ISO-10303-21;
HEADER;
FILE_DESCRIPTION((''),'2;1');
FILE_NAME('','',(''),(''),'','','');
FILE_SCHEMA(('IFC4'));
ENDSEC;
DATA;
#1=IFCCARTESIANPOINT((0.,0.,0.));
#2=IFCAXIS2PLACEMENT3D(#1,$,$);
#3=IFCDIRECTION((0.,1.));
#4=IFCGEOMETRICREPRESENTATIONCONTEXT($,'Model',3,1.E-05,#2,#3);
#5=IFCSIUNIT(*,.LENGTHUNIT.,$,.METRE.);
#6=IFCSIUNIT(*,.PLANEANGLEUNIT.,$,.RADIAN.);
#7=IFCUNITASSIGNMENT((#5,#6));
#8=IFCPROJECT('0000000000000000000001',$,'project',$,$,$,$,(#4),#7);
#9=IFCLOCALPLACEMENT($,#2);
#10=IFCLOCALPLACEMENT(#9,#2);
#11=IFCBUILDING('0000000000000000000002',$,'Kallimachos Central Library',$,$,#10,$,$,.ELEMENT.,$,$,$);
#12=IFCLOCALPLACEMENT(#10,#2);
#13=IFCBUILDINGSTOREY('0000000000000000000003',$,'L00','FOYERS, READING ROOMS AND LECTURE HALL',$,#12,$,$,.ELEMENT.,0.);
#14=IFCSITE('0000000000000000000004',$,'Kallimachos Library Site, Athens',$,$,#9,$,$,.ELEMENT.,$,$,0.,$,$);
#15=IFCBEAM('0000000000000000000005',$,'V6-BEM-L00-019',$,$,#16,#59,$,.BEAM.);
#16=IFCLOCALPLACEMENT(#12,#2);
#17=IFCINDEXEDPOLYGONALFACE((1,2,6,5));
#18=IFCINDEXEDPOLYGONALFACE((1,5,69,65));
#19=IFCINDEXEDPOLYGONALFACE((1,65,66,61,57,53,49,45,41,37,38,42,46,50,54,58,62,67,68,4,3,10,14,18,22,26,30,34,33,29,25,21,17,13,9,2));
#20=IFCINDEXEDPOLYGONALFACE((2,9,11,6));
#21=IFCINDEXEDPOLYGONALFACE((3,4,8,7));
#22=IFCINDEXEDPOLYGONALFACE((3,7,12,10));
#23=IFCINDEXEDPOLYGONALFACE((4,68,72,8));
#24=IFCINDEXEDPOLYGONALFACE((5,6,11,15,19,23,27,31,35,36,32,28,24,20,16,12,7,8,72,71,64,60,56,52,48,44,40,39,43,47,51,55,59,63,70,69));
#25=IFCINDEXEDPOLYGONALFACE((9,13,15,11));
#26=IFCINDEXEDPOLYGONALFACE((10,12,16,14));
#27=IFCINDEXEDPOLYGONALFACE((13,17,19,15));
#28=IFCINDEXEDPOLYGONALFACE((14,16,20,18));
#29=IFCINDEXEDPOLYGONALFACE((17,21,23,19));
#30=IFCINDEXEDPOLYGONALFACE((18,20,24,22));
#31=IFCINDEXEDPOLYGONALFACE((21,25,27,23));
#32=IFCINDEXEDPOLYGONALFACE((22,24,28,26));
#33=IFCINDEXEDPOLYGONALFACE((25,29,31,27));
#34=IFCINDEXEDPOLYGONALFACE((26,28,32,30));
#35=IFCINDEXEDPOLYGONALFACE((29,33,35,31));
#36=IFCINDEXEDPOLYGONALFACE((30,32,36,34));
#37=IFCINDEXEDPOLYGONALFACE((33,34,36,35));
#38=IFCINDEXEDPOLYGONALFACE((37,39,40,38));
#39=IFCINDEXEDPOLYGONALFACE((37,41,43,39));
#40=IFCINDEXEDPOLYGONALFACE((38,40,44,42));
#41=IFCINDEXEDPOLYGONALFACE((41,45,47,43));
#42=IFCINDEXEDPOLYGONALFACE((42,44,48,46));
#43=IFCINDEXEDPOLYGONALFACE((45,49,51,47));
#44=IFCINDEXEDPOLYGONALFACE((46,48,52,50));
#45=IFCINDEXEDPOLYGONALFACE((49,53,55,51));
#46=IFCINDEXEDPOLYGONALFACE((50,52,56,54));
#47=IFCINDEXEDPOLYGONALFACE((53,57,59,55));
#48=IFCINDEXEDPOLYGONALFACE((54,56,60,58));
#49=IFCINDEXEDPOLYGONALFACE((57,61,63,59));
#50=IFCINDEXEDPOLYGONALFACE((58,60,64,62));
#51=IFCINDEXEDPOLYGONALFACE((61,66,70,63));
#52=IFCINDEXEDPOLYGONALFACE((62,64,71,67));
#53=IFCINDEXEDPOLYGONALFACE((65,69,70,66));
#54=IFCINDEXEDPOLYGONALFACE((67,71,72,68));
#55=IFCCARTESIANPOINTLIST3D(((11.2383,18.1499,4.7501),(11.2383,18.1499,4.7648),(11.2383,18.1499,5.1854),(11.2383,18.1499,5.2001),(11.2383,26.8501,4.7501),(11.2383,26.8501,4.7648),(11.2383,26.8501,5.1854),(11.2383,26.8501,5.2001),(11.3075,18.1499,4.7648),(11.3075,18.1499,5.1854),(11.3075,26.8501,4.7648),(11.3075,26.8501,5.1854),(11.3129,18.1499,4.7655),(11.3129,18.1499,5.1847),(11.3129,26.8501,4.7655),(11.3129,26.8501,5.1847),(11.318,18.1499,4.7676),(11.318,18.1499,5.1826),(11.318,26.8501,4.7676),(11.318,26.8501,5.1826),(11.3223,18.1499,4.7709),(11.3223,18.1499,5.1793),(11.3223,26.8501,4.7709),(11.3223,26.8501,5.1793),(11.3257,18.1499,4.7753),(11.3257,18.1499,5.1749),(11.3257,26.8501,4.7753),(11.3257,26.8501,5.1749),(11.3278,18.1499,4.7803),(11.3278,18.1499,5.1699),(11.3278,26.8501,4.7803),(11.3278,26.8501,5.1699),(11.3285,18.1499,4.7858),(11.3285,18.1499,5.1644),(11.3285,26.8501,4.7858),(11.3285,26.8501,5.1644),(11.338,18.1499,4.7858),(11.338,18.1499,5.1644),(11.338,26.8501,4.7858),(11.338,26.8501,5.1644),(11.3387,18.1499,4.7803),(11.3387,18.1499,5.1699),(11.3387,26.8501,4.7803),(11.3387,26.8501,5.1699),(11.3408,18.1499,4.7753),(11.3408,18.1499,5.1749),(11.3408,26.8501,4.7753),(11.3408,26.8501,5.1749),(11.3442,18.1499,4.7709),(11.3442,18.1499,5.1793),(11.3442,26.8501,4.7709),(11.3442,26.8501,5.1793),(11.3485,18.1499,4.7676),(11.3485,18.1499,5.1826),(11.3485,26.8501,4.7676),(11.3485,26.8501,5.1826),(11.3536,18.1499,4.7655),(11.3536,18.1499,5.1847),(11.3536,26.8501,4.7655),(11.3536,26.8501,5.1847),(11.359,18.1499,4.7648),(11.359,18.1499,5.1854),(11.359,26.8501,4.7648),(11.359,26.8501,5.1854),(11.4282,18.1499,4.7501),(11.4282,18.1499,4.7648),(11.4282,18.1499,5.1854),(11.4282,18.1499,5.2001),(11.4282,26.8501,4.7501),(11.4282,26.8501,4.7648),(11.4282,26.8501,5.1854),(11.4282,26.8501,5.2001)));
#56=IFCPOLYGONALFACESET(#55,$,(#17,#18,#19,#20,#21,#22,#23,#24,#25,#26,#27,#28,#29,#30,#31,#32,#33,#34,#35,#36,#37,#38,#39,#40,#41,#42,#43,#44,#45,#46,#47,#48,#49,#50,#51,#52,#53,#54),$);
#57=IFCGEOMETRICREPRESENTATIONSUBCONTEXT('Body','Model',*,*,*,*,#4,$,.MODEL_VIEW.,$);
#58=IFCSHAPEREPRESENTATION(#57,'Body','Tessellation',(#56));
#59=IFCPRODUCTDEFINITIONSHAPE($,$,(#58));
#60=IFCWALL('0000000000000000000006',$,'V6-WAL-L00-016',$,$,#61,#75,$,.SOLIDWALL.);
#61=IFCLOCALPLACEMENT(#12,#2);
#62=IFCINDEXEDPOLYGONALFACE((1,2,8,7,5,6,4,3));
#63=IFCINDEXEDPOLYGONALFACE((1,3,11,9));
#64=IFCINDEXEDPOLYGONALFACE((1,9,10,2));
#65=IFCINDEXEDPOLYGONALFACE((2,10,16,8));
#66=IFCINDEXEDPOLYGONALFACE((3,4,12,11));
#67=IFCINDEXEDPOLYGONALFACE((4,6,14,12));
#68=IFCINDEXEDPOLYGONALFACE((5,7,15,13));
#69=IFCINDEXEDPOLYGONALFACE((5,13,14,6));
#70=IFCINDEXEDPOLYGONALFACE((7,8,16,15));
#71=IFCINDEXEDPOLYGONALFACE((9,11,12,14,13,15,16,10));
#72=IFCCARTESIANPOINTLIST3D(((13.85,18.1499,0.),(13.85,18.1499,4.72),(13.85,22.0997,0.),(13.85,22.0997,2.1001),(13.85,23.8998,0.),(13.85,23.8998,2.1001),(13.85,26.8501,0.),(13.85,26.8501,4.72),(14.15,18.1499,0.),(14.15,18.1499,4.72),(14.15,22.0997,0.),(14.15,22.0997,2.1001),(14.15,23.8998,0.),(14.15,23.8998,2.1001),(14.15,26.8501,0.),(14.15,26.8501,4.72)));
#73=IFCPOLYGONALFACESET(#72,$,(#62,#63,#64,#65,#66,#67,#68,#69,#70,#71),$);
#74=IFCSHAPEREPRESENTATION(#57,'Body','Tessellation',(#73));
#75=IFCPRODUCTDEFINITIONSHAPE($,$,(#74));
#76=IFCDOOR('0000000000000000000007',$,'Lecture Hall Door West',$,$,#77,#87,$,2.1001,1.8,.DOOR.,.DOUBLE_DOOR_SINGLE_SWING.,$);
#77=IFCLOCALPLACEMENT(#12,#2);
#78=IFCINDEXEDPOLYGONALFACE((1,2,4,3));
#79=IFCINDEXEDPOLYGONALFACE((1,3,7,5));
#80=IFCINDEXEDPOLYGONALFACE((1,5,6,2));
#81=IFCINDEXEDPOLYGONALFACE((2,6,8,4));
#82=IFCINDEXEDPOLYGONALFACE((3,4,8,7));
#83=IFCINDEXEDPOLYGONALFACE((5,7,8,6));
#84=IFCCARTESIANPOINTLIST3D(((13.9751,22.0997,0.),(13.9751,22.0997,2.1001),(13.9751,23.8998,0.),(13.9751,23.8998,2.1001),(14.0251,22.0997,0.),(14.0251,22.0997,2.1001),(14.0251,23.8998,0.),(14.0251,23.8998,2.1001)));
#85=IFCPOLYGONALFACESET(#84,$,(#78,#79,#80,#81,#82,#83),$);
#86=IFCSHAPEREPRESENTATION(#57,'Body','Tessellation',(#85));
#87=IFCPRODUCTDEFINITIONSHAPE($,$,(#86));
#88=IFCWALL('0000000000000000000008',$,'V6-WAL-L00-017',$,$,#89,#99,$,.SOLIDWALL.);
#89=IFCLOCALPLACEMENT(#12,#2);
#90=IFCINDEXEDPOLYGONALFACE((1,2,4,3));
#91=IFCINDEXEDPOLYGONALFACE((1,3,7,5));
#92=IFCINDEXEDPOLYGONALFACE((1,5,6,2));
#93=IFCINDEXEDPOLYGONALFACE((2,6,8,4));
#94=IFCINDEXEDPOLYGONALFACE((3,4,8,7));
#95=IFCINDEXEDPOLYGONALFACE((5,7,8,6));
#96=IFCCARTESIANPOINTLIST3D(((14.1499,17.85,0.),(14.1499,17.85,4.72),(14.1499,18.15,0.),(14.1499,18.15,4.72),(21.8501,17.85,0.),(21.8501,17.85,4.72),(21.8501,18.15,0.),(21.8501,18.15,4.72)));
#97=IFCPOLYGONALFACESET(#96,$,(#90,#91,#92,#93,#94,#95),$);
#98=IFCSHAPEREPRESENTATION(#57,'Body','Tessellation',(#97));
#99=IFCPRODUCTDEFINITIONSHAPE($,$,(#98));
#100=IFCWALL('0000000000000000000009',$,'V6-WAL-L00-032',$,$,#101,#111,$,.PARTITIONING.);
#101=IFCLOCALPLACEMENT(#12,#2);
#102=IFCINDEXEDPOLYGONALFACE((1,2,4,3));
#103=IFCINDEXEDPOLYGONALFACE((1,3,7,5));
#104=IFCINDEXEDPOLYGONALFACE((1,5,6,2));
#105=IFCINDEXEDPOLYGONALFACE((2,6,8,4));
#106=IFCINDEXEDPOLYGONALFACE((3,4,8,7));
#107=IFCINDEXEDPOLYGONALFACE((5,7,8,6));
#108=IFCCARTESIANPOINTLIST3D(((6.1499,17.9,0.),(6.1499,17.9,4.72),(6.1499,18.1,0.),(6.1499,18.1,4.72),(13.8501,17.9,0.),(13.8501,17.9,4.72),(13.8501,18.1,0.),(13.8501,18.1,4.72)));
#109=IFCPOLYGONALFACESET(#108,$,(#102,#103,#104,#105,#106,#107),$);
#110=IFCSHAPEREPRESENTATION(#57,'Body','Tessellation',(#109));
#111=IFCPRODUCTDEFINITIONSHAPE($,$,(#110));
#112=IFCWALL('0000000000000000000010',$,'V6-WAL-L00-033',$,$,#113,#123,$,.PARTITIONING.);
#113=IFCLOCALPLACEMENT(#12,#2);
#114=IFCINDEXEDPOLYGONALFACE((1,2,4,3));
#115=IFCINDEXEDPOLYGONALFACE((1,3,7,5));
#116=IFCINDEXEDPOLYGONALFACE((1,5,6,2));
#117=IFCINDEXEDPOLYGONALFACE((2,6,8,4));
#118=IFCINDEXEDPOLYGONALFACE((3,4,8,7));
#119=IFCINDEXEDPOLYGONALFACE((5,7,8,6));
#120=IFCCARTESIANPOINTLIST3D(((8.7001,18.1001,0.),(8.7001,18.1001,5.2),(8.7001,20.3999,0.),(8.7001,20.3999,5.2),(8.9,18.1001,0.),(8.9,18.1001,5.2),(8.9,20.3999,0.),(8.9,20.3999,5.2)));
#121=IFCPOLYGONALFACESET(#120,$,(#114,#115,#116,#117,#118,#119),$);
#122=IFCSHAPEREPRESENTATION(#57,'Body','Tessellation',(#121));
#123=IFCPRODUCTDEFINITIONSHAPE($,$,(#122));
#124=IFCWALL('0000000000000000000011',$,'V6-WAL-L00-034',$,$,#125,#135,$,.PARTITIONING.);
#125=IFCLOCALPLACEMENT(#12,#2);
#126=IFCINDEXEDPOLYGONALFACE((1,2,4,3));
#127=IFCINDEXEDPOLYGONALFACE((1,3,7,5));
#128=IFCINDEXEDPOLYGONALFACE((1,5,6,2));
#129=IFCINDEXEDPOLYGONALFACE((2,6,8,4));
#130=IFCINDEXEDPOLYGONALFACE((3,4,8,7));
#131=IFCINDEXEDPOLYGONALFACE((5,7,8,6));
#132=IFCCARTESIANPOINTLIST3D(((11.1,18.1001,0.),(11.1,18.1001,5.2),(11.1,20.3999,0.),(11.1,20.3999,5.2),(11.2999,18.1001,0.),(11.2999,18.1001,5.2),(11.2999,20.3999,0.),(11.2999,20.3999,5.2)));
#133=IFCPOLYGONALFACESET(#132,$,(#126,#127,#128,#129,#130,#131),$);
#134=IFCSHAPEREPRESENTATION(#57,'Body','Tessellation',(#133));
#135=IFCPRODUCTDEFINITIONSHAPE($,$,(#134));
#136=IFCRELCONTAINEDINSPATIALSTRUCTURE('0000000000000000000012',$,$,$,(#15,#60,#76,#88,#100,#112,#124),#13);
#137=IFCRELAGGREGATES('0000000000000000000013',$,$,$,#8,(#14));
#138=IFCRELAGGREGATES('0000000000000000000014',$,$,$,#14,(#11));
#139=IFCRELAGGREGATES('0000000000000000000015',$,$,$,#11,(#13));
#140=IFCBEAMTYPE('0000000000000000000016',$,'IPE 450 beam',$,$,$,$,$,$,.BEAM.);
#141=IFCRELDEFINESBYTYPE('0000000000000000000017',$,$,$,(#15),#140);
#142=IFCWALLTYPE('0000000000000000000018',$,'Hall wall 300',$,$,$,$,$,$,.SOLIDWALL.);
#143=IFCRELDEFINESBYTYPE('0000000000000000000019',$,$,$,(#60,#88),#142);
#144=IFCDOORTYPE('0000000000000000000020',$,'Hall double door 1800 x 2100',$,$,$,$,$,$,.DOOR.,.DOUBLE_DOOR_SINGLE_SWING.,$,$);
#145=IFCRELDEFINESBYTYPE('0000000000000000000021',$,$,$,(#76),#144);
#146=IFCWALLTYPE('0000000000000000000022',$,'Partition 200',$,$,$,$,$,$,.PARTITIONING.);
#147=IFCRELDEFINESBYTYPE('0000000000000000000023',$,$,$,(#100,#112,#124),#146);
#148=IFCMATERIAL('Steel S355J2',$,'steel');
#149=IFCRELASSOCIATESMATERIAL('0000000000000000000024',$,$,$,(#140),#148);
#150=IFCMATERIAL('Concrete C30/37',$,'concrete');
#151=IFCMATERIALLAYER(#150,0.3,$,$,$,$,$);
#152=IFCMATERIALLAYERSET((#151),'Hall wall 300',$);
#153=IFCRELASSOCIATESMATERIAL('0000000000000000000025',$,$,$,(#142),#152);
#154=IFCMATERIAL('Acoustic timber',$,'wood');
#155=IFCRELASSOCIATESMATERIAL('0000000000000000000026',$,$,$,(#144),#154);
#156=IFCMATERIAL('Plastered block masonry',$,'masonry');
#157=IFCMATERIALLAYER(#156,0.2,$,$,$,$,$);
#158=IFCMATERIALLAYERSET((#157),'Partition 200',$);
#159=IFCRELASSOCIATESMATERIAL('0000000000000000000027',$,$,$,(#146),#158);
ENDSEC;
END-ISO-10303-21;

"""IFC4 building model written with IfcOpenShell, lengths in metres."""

from ifc_helpers import new_model, si_unit, direction, frame, frame_2d, origin, origin_2d, place, context, subcontext, project, spatial, rectangle, i_section, extrude, material, layer, layer_set, material_profile, profile_set, type_object, element, fill, save


model = new_model("IFC4")

# Units and contexts
model_context = context("Model", 3, precision=1e-05, world=origin(), true_north=direction((0.0, 1.0)))
body_context = subcontext(model_context, "Body", "Model", "MODEL_VIEW")
ifc_project = project(units=[si_unit("LENGTHUNIT", "METRE"), si_unit("PLANEANGLEUNIT", "RADIAN")], contexts=[model_context])

# Site, building, storey
site_placement = place(None, origin())
site = spatial("IfcSite", under=ifc_project, at=site_placement, Name="Kallimachos Library Site, Athens", CompositionType="ELEMENT", RefElevation=0.0)
building_placement = place(site_placement, origin())
building = spatial("IfcBuilding", under=site, at=building_placement, Name="Kallimachos Central Library", CompositionType="ELEMENT")
storey_placement = place(building_placement, origin())
storey = spatial("IfcBuildingStorey", under=building, at=storey_placement, Name="L00", Description="FOYERS, READING ROOMS AND LECTURE HALL", CompositionType="ELEMENT", Elevation=0.0)

# Beam
ifc_material_1 = material(Name="Steel S355J2", Category="steel")
ifc_material_profile_1 = material_profile(ifc_material_1, i_section(OverallWidth=0.1899, OverallDepth=0.45, WebThickness=0.0095, FlangeThickness=0.0146, FilletRadius=0.021, at=origin_2d()), Name="IPE 450")
ifc_profile_set_1 = profile_set([ifc_material_profile_1], Name="Steel S355J2")
beam_type_1 = type_object("IfcBeamType", Name="IPE 450 beam", PredefinedType="BEAM", material=ifc_profile_set_1)
for number, where, z_axis, x_axis, name in (
    (1, (11.3333, 18.1499, 4.9751), (0.0, 1.0, 0.0), (-1.0, 0.0, 0.0), "V6-BEM-L00-019"),
):
    element("IfcBeam", number, at=place(storey_placement, frame(where, z_axis=z_axis, x_axis=x_axis)), inside=storey, type_object=beam_type_1, Name=name, PredefinedType="BEAM", context=body_context, shape_type="SweptSolid", body=[
        extrude(i_section(OverallWidth=0.1899, OverallDepth=0.45, WebThickness=0.0095, FlangeThickness=0.0146, FilletRadius=0.021, at=origin_2d()), origin(), (0.0, 0.0, 1.0), 8.7002),
    ])

# Wall, opening, door
ifc_material_2 = material(Name="Concrete C30/37", Category="concrete")
ifc_layer_1 = layer(ifc_material_2, 0.3)
ifc_layer_set_1 = layer_set([ifc_layer_1], Name="Hall wall 300")
wall_type_1 = type_object("IfcWallType", Name="Hall wall 300", PredefinedType="SOLIDWALL", material=ifc_layer_set_1)
wall_1_placement = place(storey_placement, frame((14.0, 18.1499, 0.0), z_axis=(0.0, 0.0, 1.0), x_axis=(0.0, 1.0, 0.0)))
wall_1 = element("IfcWall", 2, at=wall_1_placement, inside=storey, type_object=wall_type_1, Name="V6-WAL-L00-016", PredefinedType="SOLIDWALL", context=body_context, shape_type="SweptSolid", body=[
    extrude(rectangle(XDim=8.7002, YDim=0.3, at=frame_2d((4.3501, 0.0))), origin(), (0.0, 0.0, 1.0), 4.72),
])
opening_1_placement = place(wall_1_placement, frame((3.95, 0.0, 0.0)))
opening_1 = element("IfcOpeningElement", 3, at=opening_1_placement, cuts=wall_1, PredefinedType="OPENING", context=body_context, shape_type="SweptSolid", body=[
    extrude(rectangle(XDim=1.8, YDim=2.1001, at=frame_2d((0.8999, 1.05))), frame((0.0, 0.1599, 0.0), z_axis=(0.0, -1.0, 0.0), x_axis=(1.0, 0.0, 0.0)), (0.0, 0.0, 1.0), 0.3201),
])
ifc_material_3 = material(Name="Acoustic timber", Category="wood")
door_type_1 = type_object("IfcDoorType", Name="Hall double door 1800 x 2100", OperationType="DOUBLE_DOOR_SINGLE_SWING", PredefinedType="DOOR", material=ifc_material_3)
door_1_placement = place(opening_1_placement, origin())
door_1 = element("IfcDoor", 4, at=door_1_placement, inside=storey, type_object=door_type_1, Name="Lecture Hall Door West", OperationType="DOUBLE_DOOR_SINGLE_SWING", OverallHeight=2.1001, OverallWidth=1.8, PredefinedType="DOOR", context=body_context, shape_type="SweptSolid", body=[
    extrude(rectangle(XDim=1.8, YDim=2.1001, at=frame_2d((0.8999, 1.05))), frame((0.0, 0.0249, 0.0), z_axis=(0.0, -1.0, 0.0), x_axis=(1.0, 0.0, 0.0)), (0.0, 0.0, 1.0), 0.05),
])
fill(opening_1, door_1)

# Walls
wall_2_placement = place(storey_placement, frame((14.1499, 18.0, 0.0), z_axis=(0.0, 0.0, 1.0), x_axis=(1.0, 0.0, 0.0)))
element("IfcWall", 5, at=wall_2_placement, inside=storey, type_object=wall_type_1, Name="V6-WAL-L00-017", PredefinedType="SOLIDWALL", context=body_context, shape_type="SweptSolid", body=[
    extrude(rectangle(XDim=7.7002, YDim=0.3, at=frame_2d((3.8501, 0.0))), origin(), (0.0, 0.0, 1.0), 4.72),
])
ifc_material_4 = material(Name="Plastered block masonry", Category="masonry")
ifc_layer_2 = layer(ifc_material_4, 0.2)
ifc_layer_set_2 = layer_set([ifc_layer_2], Name="Partition 200")
wall_type_2 = type_object("IfcWallType", Name="Partition 200", PredefinedType="PARTITIONING", material=ifc_layer_set_2)
wall_3_placement = place(storey_placement, frame((6.1499, 18.0, 0.0), z_axis=(0.0, 0.0, 1.0), x_axis=(1.0, 0.0, 0.0)))
element("IfcWall", 6, at=wall_3_placement, inside=storey, type_object=wall_type_2, Name="V6-WAL-L00-032", PredefinedType="PARTITIONING", context=body_context, shape_type="SweptSolid", body=[
    extrude(rectangle(XDim=7.7002, YDim=0.2, at=frame_2d((3.8501, 0.0))), origin(), (0.0, 0.0, 1.0), 4.72),
])
for number, where, z_axis, x_axis, name in (
    (7, (8.8, 18.1001, 0.0), (0.0, 0.0, 1.0), (0.0, 1.0, 0.0), "V6-WAL-L00-033"),
    (8, (11.2, 18.1001, 0.0), (0.0, 0.0, 1.0), (0.0, 1.0, 0.0), "V6-WAL-L00-034"),
):
    element("IfcWall", number, at=place(storey_placement, frame(where, z_axis=z_axis, x_axis=x_axis)), inside=storey, type_object=wall_type_2, Name=name, PredefinedType="PARTITIONING", context=body_context, shape_type="SweptSolid", body=[
        extrude(rectangle(XDim=2.2998, YDim=0.2, at=frame_2d((1.1499, 0.0))), origin(), (0.0, 0.0, 1.0), 5.2),
    ])

save(model, "model.ifc")
